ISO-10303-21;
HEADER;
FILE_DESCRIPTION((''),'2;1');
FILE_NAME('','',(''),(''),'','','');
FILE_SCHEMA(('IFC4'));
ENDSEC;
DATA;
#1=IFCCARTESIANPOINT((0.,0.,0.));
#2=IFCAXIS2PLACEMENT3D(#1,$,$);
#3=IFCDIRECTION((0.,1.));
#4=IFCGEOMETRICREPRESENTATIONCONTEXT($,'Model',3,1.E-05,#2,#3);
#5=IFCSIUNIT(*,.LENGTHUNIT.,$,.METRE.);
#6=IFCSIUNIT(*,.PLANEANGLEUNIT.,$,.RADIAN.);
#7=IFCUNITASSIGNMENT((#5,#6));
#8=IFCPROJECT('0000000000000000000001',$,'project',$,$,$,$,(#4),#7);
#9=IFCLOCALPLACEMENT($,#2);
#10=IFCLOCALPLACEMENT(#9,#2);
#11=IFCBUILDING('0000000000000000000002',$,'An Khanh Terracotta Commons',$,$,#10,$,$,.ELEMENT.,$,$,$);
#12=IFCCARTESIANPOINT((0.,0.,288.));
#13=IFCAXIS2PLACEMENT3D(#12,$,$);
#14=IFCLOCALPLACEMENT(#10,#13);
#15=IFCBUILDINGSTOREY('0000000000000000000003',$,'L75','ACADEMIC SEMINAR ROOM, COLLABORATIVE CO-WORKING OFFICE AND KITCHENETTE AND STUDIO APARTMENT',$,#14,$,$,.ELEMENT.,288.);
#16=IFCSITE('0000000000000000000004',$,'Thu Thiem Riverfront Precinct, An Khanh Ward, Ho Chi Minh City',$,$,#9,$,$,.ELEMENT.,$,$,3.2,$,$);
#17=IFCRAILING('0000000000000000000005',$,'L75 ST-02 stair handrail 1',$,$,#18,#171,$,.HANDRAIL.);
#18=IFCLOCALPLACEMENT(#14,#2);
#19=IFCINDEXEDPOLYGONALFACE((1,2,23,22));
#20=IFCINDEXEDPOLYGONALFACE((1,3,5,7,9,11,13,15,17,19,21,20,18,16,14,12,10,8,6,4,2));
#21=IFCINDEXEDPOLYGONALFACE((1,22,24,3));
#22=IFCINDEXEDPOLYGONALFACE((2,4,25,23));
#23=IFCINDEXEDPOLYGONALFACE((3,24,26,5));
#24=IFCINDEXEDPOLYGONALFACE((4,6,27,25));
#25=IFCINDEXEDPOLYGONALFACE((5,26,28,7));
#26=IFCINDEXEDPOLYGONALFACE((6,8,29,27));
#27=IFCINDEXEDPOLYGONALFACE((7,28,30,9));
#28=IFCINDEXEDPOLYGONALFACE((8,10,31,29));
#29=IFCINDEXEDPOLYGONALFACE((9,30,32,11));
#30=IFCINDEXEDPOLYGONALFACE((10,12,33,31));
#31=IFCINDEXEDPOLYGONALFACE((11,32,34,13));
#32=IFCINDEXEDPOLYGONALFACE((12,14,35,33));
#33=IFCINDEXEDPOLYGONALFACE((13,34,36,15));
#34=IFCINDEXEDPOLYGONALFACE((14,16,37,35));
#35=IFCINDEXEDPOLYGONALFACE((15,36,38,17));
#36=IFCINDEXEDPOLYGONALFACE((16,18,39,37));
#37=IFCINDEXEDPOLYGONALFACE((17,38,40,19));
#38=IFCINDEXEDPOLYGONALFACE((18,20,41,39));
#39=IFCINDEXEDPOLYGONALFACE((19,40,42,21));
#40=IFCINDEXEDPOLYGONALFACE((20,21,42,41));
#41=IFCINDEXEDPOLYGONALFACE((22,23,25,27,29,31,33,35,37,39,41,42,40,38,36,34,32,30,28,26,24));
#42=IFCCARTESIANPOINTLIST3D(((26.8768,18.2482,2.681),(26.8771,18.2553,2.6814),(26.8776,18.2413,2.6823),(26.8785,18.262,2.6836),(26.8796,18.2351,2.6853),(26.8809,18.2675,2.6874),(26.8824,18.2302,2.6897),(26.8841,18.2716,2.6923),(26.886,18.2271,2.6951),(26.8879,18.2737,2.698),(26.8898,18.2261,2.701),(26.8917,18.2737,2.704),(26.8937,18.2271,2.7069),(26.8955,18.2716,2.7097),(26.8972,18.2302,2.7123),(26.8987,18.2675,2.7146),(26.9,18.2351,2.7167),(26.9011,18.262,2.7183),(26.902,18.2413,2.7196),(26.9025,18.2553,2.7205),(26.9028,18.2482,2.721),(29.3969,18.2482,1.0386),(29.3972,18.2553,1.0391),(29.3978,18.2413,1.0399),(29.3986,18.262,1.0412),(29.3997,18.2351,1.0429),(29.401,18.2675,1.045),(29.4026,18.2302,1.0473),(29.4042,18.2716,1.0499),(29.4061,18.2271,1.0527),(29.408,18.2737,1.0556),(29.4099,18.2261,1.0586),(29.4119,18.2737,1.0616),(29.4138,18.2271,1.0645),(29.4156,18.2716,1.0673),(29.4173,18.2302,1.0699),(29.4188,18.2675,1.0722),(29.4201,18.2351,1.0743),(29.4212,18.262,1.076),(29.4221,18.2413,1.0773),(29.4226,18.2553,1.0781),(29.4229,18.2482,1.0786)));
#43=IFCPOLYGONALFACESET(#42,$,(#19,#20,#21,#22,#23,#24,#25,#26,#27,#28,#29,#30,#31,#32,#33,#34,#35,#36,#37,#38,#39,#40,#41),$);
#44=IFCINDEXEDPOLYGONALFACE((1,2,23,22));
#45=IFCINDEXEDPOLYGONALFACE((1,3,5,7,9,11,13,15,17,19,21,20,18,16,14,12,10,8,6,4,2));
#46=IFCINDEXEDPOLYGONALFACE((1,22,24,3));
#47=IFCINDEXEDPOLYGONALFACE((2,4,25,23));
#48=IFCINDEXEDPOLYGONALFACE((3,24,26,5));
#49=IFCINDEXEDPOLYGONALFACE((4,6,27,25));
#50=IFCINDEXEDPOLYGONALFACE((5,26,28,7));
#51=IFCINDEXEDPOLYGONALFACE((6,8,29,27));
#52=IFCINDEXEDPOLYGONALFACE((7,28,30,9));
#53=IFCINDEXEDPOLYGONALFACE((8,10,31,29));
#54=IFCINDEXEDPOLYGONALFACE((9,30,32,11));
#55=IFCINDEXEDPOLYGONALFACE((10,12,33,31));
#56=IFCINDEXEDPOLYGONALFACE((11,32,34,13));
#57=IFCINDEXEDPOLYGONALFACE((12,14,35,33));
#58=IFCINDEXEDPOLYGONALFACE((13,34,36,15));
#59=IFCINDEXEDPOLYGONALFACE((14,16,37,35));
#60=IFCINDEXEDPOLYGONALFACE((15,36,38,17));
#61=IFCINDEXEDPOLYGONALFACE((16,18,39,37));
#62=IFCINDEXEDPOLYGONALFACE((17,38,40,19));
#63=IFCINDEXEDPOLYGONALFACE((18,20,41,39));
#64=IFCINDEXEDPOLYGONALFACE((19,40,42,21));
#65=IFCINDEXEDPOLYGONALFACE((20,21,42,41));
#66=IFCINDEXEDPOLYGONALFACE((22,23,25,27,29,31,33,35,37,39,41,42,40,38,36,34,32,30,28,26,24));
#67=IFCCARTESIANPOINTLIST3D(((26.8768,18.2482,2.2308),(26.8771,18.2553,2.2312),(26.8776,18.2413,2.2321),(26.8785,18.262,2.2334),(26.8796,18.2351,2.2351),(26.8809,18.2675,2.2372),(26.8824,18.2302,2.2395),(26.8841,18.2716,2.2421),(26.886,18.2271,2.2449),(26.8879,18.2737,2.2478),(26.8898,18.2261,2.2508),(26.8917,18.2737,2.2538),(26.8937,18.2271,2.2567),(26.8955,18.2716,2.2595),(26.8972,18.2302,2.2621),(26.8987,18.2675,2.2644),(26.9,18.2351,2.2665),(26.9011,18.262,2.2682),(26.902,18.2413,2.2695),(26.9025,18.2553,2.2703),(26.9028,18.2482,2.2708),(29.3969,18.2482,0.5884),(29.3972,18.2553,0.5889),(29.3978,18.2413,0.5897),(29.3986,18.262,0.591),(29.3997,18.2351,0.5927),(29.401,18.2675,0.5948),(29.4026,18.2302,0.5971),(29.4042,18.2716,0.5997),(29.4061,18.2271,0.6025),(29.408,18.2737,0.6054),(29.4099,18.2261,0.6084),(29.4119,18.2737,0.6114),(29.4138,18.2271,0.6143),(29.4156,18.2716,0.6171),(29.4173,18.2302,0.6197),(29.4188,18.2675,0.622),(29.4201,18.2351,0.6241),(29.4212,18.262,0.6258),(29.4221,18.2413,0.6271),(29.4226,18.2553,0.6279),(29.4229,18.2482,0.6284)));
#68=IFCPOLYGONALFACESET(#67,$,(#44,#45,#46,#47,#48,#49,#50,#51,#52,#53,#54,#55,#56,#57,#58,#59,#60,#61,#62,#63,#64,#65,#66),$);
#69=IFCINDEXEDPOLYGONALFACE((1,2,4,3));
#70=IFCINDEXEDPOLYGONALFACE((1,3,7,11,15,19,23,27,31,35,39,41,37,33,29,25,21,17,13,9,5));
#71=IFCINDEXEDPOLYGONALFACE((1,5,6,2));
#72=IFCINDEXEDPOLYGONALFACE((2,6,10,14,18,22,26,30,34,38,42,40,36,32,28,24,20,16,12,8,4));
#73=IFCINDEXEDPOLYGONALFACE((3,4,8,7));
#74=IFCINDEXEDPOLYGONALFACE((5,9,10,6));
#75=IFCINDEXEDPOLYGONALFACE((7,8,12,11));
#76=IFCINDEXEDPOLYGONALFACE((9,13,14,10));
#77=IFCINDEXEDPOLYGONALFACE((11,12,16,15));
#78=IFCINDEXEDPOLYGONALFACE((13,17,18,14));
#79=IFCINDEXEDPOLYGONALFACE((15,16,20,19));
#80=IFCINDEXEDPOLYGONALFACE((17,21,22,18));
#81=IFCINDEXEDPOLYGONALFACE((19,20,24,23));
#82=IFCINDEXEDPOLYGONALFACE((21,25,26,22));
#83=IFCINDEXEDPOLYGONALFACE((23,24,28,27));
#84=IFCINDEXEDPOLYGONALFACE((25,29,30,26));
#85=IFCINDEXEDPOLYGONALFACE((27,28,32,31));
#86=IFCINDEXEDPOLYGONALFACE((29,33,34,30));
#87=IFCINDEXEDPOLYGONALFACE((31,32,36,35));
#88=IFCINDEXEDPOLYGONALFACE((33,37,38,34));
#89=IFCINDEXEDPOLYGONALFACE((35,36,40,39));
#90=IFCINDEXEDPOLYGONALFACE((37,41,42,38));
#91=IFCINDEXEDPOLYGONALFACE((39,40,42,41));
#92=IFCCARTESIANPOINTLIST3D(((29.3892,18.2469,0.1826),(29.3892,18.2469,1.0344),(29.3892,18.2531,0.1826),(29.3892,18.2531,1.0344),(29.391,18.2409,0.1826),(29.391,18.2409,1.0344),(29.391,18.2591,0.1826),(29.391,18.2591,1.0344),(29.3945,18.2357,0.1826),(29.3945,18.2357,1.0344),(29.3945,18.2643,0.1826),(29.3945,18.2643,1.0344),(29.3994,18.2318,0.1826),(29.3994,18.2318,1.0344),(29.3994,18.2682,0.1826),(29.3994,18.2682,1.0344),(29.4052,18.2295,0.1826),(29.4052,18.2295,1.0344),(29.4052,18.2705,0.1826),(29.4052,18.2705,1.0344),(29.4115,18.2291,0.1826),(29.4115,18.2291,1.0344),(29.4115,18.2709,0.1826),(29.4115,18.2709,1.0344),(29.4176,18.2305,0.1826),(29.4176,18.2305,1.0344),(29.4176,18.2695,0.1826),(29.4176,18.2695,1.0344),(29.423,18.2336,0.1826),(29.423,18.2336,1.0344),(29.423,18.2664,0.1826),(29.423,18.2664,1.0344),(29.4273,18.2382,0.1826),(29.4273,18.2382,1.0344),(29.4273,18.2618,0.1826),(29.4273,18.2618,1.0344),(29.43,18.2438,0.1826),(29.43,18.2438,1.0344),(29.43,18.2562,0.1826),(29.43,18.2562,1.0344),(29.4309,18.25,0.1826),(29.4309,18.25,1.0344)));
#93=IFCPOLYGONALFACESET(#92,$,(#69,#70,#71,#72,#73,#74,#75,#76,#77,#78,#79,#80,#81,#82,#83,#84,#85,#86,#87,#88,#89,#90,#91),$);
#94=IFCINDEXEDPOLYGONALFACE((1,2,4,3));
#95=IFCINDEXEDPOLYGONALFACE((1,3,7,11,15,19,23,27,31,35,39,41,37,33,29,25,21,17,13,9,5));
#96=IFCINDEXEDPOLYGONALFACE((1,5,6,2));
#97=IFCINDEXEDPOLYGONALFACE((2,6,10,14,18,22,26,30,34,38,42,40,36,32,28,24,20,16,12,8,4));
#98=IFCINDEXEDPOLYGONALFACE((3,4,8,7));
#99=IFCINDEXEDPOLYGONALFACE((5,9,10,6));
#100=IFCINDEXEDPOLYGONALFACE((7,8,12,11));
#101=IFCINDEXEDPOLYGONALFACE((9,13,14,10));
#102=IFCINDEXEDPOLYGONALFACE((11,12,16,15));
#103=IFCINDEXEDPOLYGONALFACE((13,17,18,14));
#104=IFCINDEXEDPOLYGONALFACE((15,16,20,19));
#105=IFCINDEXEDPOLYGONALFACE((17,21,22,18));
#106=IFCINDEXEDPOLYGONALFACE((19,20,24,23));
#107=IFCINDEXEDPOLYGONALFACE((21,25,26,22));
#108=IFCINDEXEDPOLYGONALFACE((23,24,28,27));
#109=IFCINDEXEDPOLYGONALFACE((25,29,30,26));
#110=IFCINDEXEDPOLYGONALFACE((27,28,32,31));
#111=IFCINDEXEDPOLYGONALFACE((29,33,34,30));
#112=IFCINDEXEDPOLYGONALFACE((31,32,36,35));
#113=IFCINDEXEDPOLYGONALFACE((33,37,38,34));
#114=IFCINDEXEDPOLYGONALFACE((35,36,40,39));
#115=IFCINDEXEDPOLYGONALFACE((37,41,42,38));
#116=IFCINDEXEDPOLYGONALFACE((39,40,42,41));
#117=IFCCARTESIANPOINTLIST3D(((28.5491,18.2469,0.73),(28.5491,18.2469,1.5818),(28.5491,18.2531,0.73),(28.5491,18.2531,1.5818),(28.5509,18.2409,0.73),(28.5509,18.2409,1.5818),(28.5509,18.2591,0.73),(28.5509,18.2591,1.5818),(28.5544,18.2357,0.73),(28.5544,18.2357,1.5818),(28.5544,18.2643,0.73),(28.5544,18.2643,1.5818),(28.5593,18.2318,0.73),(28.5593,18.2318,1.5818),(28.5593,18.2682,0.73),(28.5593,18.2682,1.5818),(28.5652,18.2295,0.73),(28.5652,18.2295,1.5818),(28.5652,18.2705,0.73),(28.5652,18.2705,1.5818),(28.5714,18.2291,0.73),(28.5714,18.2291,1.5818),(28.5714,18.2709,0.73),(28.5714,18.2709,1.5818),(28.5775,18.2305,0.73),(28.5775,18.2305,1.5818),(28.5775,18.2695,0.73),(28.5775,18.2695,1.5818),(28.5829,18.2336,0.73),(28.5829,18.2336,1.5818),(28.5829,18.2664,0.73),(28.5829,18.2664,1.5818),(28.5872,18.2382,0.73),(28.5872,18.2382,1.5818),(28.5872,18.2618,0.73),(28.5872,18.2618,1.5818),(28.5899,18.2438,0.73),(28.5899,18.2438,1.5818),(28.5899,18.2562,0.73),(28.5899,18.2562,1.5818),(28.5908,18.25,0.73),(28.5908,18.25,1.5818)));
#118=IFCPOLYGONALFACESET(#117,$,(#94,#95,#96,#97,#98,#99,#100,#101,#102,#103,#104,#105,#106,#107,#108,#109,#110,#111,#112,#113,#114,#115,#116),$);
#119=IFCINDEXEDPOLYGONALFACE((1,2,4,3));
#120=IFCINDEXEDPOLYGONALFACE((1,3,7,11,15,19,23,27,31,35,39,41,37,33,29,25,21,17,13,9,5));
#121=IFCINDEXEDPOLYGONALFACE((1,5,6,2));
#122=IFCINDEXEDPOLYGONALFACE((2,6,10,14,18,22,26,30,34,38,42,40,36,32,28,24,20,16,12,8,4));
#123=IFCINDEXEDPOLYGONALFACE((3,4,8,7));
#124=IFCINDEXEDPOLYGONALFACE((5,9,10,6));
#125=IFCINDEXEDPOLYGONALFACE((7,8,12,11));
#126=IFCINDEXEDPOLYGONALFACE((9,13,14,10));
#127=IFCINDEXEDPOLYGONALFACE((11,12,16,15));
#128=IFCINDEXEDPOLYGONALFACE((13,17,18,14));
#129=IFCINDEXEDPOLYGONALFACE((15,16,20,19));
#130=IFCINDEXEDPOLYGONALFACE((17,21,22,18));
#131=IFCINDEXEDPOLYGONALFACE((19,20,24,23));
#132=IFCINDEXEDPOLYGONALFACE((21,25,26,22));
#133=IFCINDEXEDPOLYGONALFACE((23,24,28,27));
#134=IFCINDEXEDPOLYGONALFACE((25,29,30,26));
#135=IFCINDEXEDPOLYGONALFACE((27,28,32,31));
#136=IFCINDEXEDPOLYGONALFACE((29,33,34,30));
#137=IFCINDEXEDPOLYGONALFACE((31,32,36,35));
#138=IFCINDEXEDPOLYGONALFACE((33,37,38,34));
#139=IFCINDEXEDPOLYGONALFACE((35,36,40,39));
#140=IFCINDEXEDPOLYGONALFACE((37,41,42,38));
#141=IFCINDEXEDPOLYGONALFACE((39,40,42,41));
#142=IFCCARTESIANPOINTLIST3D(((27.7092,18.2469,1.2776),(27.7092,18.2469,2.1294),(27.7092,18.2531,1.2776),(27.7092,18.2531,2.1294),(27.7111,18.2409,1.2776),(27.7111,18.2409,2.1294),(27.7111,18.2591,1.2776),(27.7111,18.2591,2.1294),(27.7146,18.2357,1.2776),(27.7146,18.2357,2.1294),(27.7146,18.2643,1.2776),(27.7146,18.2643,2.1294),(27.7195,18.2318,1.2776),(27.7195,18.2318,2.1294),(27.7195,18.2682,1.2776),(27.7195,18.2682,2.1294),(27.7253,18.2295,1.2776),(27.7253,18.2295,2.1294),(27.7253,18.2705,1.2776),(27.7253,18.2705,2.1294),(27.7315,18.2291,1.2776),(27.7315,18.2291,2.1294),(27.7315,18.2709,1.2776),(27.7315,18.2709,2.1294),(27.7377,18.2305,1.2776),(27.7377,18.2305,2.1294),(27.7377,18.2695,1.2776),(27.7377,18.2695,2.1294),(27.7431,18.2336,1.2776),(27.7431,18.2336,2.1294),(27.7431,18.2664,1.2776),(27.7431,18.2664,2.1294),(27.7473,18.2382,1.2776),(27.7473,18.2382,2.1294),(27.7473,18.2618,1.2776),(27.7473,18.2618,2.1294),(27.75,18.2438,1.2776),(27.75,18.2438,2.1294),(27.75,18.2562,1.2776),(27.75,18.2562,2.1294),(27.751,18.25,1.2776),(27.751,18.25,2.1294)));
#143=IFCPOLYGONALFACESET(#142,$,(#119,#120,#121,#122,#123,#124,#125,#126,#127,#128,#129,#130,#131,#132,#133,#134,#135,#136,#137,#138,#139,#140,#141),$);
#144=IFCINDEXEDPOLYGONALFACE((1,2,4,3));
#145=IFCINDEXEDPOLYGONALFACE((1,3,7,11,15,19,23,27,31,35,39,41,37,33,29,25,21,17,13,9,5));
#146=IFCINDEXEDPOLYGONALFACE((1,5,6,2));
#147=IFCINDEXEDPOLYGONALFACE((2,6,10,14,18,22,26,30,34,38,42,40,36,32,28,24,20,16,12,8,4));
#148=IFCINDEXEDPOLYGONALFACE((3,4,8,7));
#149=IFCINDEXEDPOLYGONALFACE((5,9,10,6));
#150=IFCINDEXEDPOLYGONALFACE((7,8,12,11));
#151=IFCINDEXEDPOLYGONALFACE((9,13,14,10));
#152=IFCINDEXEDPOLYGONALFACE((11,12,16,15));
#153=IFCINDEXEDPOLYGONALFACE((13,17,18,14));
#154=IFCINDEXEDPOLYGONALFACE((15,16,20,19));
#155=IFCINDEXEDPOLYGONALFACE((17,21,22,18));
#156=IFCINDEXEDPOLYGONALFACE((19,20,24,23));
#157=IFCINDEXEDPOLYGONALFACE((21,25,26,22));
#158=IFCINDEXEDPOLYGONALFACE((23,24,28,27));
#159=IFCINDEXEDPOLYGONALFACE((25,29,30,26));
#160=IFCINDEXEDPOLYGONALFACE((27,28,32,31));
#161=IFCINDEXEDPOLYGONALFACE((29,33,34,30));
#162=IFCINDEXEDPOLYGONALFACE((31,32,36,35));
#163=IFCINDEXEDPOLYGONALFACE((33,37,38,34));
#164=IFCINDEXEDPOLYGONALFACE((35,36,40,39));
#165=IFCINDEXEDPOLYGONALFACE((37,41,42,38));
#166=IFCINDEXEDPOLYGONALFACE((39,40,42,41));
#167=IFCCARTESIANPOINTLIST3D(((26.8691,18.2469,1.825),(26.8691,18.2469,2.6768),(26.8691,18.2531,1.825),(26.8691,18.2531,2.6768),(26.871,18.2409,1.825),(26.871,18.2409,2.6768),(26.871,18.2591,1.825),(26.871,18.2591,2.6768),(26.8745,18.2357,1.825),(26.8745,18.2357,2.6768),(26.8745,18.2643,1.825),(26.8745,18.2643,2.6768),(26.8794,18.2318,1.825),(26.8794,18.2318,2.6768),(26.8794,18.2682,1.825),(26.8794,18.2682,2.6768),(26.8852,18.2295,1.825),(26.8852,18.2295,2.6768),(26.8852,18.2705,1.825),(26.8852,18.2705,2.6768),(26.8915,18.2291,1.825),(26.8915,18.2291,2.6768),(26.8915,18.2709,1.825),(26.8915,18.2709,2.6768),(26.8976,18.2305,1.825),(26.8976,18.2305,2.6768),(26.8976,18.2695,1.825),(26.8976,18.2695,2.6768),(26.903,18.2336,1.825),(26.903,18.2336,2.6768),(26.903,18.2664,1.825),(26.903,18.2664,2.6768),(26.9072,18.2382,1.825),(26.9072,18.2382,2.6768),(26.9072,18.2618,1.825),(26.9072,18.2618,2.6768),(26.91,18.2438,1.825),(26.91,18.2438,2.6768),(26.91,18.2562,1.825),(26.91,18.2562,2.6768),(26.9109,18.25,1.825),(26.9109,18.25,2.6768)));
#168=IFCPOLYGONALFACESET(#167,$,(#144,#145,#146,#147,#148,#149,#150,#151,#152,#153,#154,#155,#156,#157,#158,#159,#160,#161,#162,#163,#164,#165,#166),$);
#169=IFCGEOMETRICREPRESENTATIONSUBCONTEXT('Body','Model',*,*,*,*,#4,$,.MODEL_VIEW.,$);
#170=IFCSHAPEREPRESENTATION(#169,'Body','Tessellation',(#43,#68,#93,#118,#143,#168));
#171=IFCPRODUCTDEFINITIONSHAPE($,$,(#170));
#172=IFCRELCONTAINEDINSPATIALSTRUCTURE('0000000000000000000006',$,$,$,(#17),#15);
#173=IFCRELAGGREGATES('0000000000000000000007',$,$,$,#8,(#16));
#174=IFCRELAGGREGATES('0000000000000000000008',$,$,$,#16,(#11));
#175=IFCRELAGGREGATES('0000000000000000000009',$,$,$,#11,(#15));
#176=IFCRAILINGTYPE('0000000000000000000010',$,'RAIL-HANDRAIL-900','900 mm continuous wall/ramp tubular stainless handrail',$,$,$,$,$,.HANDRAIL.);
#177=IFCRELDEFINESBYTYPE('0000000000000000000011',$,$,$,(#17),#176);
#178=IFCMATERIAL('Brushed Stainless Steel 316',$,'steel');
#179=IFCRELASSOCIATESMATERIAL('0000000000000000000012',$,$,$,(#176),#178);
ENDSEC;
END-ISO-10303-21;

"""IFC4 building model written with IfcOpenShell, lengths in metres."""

from ifc_helpers import new_model, si_unit, direction, frame, origin, origin_2d, place, context, subcontext, project, spatial, circle, extrude, material, type_object, element, save


model = new_model("IFC4")

# Units and contexts
model_context = context("Model", 3, precision=1e-05, world=origin(), true_north=direction((0.0, 1.0)))
body_context = subcontext(model_context, "Body", "Model", "MODEL_VIEW")
ifc_project = project(units=[si_unit("LENGTHUNIT", "METRE"), si_unit("PLANEANGLEUNIT", "RADIAN")], contexts=[model_context])

# Site, building, storey
site_placement = place(None, origin())
site = spatial("IfcSite", under=ifc_project, at=site_placement, Name="Thu Thiem Riverfront Precinct, An Khanh Ward, Ho Chi Minh City", CompositionType="ELEMENT", RefElevation=3.2)
building_placement = place(site_placement, origin())
building = spatial("IfcBuilding", under=site, at=building_placement, Name="An Khanh Terracotta Commons", CompositionType="ELEMENT")
storey_placement = place(building_placement, frame((0.0, 0.0, 288.0)))
storey = spatial("IfcBuildingStorey", under=building, at=storey_placement, Name="L75", Description="ACADEMIC SEMINAR ROOM, COLLABORATIVE CO-WORKING OFFICE AND KITCHENETTE AND STUDIO APARTMENT", CompositionType="ELEMENT", Elevation=288.0)

# Railing
ifc_material_1 = material(Name="Brushed Stainless Steel 316", Category="steel")
railing_type_1 = type_object("IfcRailingType", Name="RAIL-HANDRAIL-900", Description="900 mm continuous wall/ramp tubular stainless handrail", PredefinedType="HANDRAIL", material=ifc_material_1)
railing_1_placement = place(storey_placement, frame((29.4099, 18.25, 0.1826)))
element("IfcRailing", 1, at=railing_1_placement, inside=storey, type_object=railing_type_1, Name="L75 ST-02 stair handrail 1", PredefinedType="HANDRAIL", context=body_context, shape_type="SweptSolid", body=[
    extrude(circle(Radius=0.0239, at=origin_2d()), frame((0.0, 0.0, 0.876), z_axis=(-0.837787, 0.0, 0.545998), x_axis=(0.0, -1.0, 0.0)), (0.0, 0.0, 1.0), 3.0081),
    extrude(circle(Radius=0.0239, at=origin_2d()), frame((0.0, 0.0, 0.4258), z_axis=(-0.837787, 0.0, 0.545998), x_axis=(0.0, -1.0, 0.0)), (0.0, 0.0, 1.0), 3.0081),
    extrude(circle(Radius=0.021, at=origin_2d()), origin(), (0.0, 0.0, 1.0), 0.8518),
    extrude(circle(Radius=0.021, at=origin_2d()), frame((-0.8401, 0.0, 0.5474)), (0.0, 0.0, 1.0), 0.8518),
    extrude(circle(Radius=0.021, at=origin_2d()), frame((-1.6799, 0.0, 1.095)), (0.0, 0.0, 1.0), 0.8518),
    extrude(circle(Radius=0.021, at=origin_2d()), frame((-2.52, 0.0, 1.6423)), (0.0, 0.0, 1.0), 0.8518),
])

save(model, "model.ifc")
